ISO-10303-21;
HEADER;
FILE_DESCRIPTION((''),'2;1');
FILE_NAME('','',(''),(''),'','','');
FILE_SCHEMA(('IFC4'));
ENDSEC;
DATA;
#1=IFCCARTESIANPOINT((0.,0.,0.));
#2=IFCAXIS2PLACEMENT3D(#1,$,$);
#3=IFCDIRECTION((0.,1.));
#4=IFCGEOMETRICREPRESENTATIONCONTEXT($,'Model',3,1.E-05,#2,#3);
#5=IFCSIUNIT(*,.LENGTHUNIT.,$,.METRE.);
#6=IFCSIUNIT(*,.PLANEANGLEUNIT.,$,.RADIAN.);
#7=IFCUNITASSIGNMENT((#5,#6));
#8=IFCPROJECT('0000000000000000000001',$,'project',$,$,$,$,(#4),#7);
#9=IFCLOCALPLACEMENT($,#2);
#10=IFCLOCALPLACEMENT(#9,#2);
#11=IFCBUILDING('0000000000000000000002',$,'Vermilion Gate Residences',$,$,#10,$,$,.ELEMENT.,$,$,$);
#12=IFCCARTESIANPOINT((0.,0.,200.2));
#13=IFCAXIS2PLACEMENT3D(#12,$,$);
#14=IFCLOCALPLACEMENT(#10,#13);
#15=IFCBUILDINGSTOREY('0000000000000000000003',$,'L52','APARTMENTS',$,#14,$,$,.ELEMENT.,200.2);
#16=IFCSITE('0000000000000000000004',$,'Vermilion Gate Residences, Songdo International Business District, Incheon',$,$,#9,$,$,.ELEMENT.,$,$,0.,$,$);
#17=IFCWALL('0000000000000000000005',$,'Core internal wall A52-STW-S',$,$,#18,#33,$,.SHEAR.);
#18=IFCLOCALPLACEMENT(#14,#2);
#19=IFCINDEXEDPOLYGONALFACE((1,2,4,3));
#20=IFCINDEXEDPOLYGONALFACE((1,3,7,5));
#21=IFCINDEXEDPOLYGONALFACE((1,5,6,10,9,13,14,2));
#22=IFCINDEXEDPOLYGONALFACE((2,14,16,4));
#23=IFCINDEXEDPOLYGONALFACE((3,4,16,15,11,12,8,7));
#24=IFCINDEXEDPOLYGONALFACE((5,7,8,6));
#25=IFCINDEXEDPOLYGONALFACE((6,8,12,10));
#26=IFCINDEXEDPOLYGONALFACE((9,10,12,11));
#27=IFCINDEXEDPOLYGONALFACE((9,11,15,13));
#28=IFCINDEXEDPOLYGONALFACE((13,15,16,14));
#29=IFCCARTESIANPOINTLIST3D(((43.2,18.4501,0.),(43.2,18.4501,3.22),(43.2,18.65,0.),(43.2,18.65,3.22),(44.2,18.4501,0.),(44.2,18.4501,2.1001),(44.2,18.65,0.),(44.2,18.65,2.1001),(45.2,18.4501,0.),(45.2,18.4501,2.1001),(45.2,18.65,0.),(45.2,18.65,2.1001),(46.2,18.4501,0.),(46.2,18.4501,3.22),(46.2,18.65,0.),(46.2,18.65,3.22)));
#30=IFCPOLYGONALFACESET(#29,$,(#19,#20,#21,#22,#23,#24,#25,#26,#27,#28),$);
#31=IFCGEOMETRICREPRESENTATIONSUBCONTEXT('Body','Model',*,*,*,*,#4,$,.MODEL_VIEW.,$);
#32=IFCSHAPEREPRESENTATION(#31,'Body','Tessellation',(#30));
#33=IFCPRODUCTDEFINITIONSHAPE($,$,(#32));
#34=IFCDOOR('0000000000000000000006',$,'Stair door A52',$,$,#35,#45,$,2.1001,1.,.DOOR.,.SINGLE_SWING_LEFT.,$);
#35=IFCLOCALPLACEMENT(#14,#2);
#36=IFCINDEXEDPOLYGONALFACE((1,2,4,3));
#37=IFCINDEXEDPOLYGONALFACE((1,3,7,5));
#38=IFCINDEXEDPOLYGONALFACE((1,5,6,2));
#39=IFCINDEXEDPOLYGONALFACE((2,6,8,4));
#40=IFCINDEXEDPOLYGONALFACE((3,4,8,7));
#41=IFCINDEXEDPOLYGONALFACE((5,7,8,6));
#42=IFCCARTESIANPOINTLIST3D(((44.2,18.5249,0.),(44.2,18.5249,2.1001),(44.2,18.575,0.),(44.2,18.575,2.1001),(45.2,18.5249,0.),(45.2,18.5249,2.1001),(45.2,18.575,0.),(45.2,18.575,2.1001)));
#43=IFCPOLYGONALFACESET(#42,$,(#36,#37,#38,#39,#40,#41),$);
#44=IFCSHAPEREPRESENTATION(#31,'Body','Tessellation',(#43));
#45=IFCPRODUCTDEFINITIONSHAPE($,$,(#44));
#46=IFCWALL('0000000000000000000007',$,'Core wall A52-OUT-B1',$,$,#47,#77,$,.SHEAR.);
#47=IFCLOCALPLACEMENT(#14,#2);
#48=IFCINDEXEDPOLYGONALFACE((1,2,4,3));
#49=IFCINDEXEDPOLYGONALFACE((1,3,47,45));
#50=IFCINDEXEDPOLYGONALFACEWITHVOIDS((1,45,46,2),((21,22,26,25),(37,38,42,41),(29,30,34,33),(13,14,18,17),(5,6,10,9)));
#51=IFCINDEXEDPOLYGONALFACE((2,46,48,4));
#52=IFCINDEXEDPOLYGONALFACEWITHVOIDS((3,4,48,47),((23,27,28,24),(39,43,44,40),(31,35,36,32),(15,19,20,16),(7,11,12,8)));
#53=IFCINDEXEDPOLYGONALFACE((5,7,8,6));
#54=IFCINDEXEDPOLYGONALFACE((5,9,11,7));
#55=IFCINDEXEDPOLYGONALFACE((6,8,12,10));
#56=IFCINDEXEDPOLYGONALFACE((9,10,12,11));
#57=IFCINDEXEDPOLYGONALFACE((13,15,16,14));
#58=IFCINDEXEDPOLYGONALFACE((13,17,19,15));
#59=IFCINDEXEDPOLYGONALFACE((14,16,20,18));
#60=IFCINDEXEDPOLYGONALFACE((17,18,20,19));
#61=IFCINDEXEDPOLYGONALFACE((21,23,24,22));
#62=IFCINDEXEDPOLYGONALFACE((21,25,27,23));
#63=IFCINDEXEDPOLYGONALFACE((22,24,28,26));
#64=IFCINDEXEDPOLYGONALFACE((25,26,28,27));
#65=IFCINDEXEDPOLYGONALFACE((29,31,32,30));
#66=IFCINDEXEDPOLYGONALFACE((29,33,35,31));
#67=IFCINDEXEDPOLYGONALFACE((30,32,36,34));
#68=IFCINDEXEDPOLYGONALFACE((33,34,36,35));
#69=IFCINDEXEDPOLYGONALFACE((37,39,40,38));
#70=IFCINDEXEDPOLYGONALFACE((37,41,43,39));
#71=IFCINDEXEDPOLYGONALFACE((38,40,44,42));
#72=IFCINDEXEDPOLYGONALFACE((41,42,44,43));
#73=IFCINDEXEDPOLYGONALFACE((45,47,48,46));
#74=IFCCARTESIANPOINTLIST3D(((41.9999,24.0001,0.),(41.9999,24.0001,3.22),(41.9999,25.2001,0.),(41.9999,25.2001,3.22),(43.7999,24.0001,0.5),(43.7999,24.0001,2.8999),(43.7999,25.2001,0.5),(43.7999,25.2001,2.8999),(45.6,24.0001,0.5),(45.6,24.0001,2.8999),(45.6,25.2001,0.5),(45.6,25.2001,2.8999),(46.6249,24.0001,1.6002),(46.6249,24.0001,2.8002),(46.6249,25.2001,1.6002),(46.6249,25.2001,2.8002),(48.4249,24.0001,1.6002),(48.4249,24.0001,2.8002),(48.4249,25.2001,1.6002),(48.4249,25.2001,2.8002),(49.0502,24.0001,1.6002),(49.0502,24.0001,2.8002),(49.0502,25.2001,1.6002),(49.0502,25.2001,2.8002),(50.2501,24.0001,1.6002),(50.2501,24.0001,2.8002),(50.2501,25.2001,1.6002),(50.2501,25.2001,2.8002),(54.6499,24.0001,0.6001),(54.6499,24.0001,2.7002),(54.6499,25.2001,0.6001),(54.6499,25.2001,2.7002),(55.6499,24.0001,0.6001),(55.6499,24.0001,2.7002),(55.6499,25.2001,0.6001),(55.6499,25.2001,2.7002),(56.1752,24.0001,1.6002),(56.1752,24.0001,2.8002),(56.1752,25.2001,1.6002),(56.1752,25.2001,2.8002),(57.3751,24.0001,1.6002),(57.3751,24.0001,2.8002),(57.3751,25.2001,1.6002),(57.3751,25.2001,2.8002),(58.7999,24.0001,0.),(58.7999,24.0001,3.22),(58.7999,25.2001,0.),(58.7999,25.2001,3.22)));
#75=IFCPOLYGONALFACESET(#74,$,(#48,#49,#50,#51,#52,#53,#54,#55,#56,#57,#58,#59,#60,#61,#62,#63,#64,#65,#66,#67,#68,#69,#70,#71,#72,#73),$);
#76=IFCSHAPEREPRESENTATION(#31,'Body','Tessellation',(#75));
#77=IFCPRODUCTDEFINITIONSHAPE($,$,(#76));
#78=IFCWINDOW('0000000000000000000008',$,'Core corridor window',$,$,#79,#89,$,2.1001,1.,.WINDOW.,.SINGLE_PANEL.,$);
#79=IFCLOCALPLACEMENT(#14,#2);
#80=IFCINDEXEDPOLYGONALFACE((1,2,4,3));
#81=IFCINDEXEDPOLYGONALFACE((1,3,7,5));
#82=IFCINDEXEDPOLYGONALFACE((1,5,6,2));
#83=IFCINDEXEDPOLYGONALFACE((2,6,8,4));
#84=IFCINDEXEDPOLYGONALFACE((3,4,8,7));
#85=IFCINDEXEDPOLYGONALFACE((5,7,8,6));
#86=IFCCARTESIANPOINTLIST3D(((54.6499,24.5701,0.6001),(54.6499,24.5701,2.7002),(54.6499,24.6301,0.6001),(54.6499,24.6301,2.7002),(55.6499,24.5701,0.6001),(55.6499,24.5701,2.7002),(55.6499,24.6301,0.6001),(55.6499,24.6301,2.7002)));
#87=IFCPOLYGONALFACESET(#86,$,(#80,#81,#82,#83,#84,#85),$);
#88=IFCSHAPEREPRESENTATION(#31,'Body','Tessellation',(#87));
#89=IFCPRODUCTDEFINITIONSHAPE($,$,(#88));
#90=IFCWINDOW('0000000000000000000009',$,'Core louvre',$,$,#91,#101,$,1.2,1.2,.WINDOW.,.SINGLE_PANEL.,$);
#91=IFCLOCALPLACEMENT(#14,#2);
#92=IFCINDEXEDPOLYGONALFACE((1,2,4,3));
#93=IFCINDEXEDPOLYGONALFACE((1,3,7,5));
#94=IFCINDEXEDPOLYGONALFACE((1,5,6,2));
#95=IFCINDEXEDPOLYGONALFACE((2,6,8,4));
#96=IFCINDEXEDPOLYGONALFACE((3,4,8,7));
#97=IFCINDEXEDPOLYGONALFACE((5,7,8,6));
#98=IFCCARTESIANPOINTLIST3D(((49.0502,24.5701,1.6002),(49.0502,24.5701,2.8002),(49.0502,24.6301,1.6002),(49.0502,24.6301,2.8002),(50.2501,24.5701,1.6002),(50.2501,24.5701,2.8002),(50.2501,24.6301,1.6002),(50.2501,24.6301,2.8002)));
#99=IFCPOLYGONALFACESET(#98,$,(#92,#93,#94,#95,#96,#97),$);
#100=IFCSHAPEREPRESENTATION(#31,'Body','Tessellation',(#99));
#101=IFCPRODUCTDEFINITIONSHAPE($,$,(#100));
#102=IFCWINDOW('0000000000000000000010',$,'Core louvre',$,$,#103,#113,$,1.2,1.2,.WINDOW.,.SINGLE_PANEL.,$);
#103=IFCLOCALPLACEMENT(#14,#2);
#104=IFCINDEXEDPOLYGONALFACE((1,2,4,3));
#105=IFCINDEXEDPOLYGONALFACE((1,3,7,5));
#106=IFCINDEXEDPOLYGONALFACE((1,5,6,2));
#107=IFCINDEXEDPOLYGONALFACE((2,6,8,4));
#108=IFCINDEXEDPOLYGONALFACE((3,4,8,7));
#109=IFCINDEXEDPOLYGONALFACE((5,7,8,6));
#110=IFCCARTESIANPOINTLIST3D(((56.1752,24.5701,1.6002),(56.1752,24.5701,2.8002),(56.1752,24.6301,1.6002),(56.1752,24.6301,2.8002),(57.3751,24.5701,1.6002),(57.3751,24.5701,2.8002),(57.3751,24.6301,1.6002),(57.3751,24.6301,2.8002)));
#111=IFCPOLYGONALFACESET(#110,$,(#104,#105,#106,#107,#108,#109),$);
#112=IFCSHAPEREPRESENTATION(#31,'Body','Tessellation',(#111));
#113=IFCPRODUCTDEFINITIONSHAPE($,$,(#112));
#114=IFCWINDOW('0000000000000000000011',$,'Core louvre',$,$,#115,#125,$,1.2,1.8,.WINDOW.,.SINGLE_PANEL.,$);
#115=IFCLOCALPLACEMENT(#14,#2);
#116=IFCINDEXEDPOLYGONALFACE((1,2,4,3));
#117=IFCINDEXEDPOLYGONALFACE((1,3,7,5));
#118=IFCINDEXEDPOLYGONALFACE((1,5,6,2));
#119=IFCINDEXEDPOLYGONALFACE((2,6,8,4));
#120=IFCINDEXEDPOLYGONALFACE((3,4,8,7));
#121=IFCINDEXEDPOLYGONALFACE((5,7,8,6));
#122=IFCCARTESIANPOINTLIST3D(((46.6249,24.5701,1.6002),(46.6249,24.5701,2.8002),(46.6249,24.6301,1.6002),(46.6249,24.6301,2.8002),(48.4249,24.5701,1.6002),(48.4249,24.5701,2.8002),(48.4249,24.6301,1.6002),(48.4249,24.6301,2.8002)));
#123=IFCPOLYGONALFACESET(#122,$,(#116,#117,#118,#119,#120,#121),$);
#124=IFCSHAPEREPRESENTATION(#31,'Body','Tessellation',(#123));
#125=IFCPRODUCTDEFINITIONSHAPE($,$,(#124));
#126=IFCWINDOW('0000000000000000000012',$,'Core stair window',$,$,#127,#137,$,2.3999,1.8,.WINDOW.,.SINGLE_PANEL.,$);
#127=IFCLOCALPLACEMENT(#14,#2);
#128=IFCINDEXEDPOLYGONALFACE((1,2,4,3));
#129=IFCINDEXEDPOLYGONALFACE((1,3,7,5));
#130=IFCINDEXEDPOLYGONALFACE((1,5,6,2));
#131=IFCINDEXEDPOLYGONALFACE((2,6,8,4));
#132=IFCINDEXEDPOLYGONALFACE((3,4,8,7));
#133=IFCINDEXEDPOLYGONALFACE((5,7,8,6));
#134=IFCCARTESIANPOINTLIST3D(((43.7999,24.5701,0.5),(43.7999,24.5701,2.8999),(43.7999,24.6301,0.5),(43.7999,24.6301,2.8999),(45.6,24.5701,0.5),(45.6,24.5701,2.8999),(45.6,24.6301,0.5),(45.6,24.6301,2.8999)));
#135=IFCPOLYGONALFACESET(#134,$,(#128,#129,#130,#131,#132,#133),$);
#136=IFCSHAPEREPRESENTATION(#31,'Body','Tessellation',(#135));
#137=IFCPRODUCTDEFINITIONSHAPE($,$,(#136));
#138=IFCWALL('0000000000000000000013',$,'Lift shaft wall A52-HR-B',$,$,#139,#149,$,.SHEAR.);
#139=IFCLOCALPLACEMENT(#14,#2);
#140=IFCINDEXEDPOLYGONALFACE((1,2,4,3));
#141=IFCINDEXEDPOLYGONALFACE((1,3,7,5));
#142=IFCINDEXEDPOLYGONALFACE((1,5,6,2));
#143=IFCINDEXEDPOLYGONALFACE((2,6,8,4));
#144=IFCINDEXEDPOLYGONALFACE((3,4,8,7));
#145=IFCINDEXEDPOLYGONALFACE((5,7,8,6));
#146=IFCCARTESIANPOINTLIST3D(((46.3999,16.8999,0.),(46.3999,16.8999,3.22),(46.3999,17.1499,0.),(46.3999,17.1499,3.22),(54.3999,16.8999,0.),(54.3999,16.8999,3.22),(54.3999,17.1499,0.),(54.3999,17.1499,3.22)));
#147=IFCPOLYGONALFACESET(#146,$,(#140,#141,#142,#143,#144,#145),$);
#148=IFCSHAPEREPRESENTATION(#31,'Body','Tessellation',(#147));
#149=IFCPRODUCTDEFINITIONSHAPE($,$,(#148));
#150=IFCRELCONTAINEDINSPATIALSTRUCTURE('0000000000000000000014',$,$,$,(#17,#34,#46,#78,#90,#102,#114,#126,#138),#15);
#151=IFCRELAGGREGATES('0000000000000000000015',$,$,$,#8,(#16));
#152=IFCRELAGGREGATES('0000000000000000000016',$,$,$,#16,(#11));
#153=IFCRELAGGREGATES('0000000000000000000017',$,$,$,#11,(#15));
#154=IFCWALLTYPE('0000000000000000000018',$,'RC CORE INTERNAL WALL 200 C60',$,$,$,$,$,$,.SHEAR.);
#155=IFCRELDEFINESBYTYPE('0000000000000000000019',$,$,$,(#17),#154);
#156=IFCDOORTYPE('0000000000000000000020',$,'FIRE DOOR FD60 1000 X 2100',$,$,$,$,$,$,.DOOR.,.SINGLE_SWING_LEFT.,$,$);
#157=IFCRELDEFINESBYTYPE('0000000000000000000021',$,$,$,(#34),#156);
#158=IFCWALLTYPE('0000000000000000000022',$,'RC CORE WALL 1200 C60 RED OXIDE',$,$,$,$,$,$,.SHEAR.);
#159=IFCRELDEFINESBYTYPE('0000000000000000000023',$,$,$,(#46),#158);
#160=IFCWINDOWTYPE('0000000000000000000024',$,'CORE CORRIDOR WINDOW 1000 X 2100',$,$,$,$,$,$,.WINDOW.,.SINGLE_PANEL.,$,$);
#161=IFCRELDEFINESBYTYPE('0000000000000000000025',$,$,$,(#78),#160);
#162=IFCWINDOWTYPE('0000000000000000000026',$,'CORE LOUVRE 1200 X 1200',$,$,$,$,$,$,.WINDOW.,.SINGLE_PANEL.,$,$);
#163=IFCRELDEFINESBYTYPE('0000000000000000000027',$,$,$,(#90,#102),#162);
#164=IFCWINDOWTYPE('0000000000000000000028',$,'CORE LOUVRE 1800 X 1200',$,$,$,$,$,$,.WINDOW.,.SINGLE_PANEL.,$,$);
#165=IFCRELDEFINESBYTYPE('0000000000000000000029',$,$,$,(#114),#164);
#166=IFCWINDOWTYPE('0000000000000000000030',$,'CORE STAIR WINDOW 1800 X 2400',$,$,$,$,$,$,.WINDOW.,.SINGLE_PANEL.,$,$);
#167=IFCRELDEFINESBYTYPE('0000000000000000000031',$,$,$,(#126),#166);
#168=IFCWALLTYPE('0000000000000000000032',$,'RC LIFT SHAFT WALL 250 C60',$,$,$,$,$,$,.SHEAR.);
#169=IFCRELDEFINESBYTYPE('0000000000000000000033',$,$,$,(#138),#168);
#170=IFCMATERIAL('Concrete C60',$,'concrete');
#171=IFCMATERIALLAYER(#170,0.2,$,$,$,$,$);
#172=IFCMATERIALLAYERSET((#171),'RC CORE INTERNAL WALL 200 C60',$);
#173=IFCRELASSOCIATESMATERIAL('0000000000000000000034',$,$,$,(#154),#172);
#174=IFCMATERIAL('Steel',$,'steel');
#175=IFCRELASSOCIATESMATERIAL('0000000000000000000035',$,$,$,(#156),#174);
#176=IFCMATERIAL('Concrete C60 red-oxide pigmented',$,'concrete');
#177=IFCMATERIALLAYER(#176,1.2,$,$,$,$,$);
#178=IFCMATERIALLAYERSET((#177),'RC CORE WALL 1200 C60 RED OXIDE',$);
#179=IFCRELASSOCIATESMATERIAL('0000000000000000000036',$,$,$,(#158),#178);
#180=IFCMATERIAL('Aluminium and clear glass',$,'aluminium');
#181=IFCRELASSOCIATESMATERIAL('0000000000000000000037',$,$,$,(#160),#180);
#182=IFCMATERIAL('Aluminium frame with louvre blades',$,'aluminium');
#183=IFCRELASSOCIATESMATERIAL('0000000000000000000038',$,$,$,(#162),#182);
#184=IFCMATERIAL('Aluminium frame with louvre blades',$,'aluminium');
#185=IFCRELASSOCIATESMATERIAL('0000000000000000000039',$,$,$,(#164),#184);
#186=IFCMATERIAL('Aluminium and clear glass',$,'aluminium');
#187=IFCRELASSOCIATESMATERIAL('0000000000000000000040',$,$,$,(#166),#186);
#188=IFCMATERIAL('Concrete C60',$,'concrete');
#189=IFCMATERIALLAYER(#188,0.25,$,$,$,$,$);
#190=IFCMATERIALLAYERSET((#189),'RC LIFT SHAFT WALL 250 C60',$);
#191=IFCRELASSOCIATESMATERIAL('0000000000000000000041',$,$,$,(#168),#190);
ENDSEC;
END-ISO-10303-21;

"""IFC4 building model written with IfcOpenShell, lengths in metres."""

from ifc_helpers import new_model, si_unit, direction, frame, frame_2d, origin, place, context, subcontext, project, spatial, rectangle, extrude, material, layer, layer_set, type_object, element, fill, save


model = new_model("IFC4")

# Units and contexts
model_context = context("Model", 3, precision=1e-05, world=origin(), true_north=direction((0.0, 1.0)))
body_context = subcontext(model_context, "Body", "Model", "MODEL_VIEW")
ifc_project = project(units=[si_unit("LENGTHUNIT", "METRE"), si_unit("PLANEANGLEUNIT", "RADIAN")], contexts=[model_context])

# Site, building, storey
site_placement = place(None, origin())
site = spatial("IfcSite", under=ifc_project, at=site_placement, Name="Vermilion Gate Residences, Songdo International Business District, Incheon", CompositionType="ELEMENT", RefElevation=0.0)
building_placement = place(site_placement, origin())
building = spatial("IfcBuilding", under=site, at=building_placement, Name="Vermilion Gate Residences", CompositionType="ELEMENT")
storey_placement = place(building_placement, frame((0.0, 0.0, 200.2)))
storey = spatial("IfcBuildingStorey", under=building, at=storey_placement, Name="L52", Description="APARTMENTS", CompositionType="ELEMENT", Elevation=200.2)

# Shared definitions
ifc_material_1 = material(Name="Concrete C60", Category="concrete")
ifc_layer_1 = layer(ifc_material_1, 0.2)
ifc_layer_set_1 = layer_set([ifc_layer_1], Name="RC CORE INTERNAL WALL 200 C60")
wall_type_1 = type_object("IfcWallType", Name="RC CORE INTERNAL WALL 200 C60", PredefinedType="SHEAR", material=ifc_layer_set_1)

# Wall, opening, door
wall_1_placement = place(storey_placement, frame((43.2, 18.55, 0.0), z_axis=(0.0, 0.0, 1.0), x_axis=(1.0, 0.0, 0.0)))
wall_1 = element("IfcWall", 1, at=wall_1_placement, inside=storey, type_object=wall_type_1, Name="Core internal wall A52-STW-S", PredefinedType="SHEAR", context=body_context, shape_type="SweptSolid", body=[
    extrude(rectangle(XDim=3.0, YDim=0.2, at=frame_2d((1.5, 0.0))), origin(), (0.0, 0.0, 1.0), 3.22),
])
opening_1_placement = place(wall_1_placement, frame((1.0, 0.0, 0.0)))
opening_1 = element("IfcOpeningElement", 2, at=opening_1_placement, cuts=wall_1, PredefinedType="OPENING", context=body_context, shape_type="SweptSolid", body=[
    extrude(rectangle(XDim=1.0, YDim=2.1001, at=frame_2d((0.5, 1.05))), frame((0.0, 0.1099, 0.0), z_axis=(0.0, -1.0, 0.0), x_axis=(1.0, 0.0, 0.0)), (0.0, 0.0, 1.0), 0.22),
])
ifc_material_2 = material(Name="Steel", Category="steel")
door_type_1 = type_object("IfcDoorType", Name="FIRE DOOR FD60 1000 X 2100", OperationType="SINGLE_SWING_LEFT", PredefinedType="DOOR", material=ifc_material_2)
door_1_placement = place(opening_1_placement, origin())
door_1 = element("IfcDoor", 3, at=door_1_placement, inside=storey, type_object=door_type_1, Name="Stair door A52", OperationType="SINGLE_SWING_LEFT", OverallHeight=2.1001, OverallWidth=1.0, PredefinedType="DOOR", context=body_context, shape_type="SweptSolid", body=[
    extrude(rectangle(XDim=1.0, YDim=2.1001, at=frame_2d((0.5, 1.05))), frame((0.0, 0.0249, 0.0), z_axis=(0.0, -1.0, 0.0), x_axis=(1.0, 0.0, 0.0)), (0.0, 0.0, 1.0), 0.05),
])
fill(opening_1, door_1)

# Wall, openings, windows
ifc_material_3 = material(Name="Concrete C60 red-oxide pigmented", Category="concrete")
ifc_layer_2 = layer(ifc_material_3, 1.2)
ifc_layer_set_2 = layer_set([ifc_layer_2], Name="RC CORE WALL 1200 C60 RED OXIDE")
wall_type_2 = type_object("IfcWallType", Name="RC CORE WALL 1200 C60 RED OXIDE", PredefinedType="SHEAR", material=ifc_layer_set_2)
wall_2_placement = place(storey_placement, frame((42.0, 24.6001, 0.0), z_axis=(0.0, 0.0, 1.0), x_axis=(1.0, 0.0, 0.0)))
wall_2 = element("IfcWall", 4, at=wall_2_placement, inside=storey, type_object=wall_type_2, Name="Core wall A52-OUT-B1", PredefinedType="SHEAR", context=body_context, shape_type="SweptSolid", body=[
    extrude(rectangle(XDim=16.8, YDim=1.2, at=frame_2d((8.3999, 0.0))), origin(), (0.0, 0.0, 1.0), 3.22),
])
opening_2_placement = place(wall_2_placement, frame((1.8, 0.0, 0.5)))
opening_2 = element("IfcOpeningElement", 5, at=opening_2_placement, cuts=wall_2, PredefinedType="OPENING", context=body_context, shape_type="SweptSolid", body=[
    extrude(rectangle(XDim=1.8, YDim=2.3999, at=frame_2d((0.8999, 1.2))), frame((0.0, 0.6099, 0.0), z_axis=(0.0, -1.0, 0.0), x_axis=(1.0, 0.0, 0.0)), (0.0, 0.0, 1.0), 1.22),
])
opening_3_placement = place(wall_2_placement, frame((4.625, 0.0, 1.6001)))
opening_3 = element("IfcOpeningElement", 6, at=opening_3_placement, cuts=wall_2, PredefinedType="OPENING", context=body_context, shape_type="SweptSolid", body=[
    extrude(rectangle(XDim=1.8, YDim=1.2, at=frame_2d((0.8999, 0.6001))), frame((0.0, 0.6099, 0.0), z_axis=(0.0, -1.0, 0.0), x_axis=(1.0, 0.0, 0.0)), (0.0, 0.0, 1.0), 1.22),
])
opening_4_placement = place(wall_2_placement, frame((7.05, 0.0, 1.6001)))
opening_4 = element("IfcOpeningElement", 7, at=opening_4_placement, cuts=wall_2, PredefinedType="OPENING", context=body_context, shape_type="SweptSolid", body=[
    extrude(rectangle(XDim=1.2, YDim=1.2, at=frame_2d((0.6001, 0.6001))), frame((0.0, 0.6099, 0.0), z_axis=(0.0, -1.0, 0.0), x_axis=(1.0, 0.0, 0.0)), (0.0, 0.0, 1.0), 1.22),
])
opening_5_placement = place(wall_2_placement, frame((12.6499, 0.0, 0.6001)))
opening_5 = element("IfcOpeningElement", 8, at=opening_5_placement, cuts=wall_2, PredefinedType="OPENING", context=body_context, shape_type="SweptSolid", body=[
    extrude(rectangle(XDim=1.0, YDim=2.1001, at=frame_2d((0.5, 1.05))), frame((0.0, 0.6099, 0.0), z_axis=(0.0, -1.0, 0.0), x_axis=(1.0, 0.0, 0.0)), (0.0, 0.0, 1.0), 1.22),
])
opening_6_placement = place(wall_2_placement, frame((14.175, 0.0, 1.6001)))
opening_6 = element("IfcOpeningElement", 9, at=opening_6_placement, cuts=wall_2, PredefinedType="OPENING", context=body_context, shape_type="SweptSolid", body=[
    extrude(rectangle(XDim=1.2, YDim=1.2, at=frame_2d((0.6001, 0.6001))), frame((0.0, 0.6099, 0.0), z_axis=(0.0, -1.0, 0.0), x_axis=(1.0, 0.0, 0.0)), (0.0, 0.0, 1.0), 1.22),
])
ifc_material_4 = material(Name="Aluminium and clear glass", Category="aluminium")
window_type_1 = type_object("IfcWindowType", Name="CORE CORRIDOR WINDOW 1000 X 2100", PartitioningType="SINGLE_PANEL", PredefinedType="WINDOW", material=ifc_material_4)
window_1_placement = place(opening_5_placement, origin())
window_1 = element("IfcWindow", 10, at=window_1_placement, inside=storey, type_object=window_type_1, Name="Core corridor window", OverallHeight=2.1001, OverallWidth=1.0, PartitioningType="SINGLE_PANEL", PredefinedType="WINDOW", context=body_context, shape_type="SweptSolid", body=[
    extrude(rectangle(XDim=1.0, YDim=2.1001, at=frame_2d((0.5, 1.05))), frame((0.0, 0.03, 0.0), z_axis=(0.0, -1.0, 0.0), x_axis=(1.0, 0.0, 0.0)), (0.0, 0.0, 1.0), 0.0601),
])
fill(opening_5, window_1)
ifc_material_5 = material(Name="Aluminium frame with louvre blades", Category="aluminium")
window_type_2 = type_object("IfcWindowType", Name="CORE LOUVRE 1200 X 1200", PartitioningType="SINGLE_PANEL", PredefinedType="WINDOW", material=ifc_material_5)
window_2_placement = place(opening_4_placement, origin())
window_2 = element("IfcWindow", 11, at=window_2_placement, inside=storey, type_object=window_type_2, Name="Core louvre", OverallHeight=1.2, OverallWidth=1.2, PartitioningType="SINGLE_PANEL", PredefinedType="WINDOW", context=body_context, shape_type="SweptSolid", body=[
    extrude(rectangle(XDim=1.2, YDim=1.2, at=frame_2d((0.6001, 0.6001))), frame((0.0, 0.03, 0.0), z_axis=(0.0, -1.0, 0.0), x_axis=(1.0, 0.0, 0.0)), (0.0, 0.0, 1.0), 0.0601),
])
fill(opening_4, window_2)
window_3_placement = place(opening_6_placement, origin())
window_3 = element("IfcWindow", 12, at=window_3_placement, inside=storey, type_object=window_type_2, Name="Core louvre", OverallHeight=1.2, OverallWidth=1.2, PartitioningType="SINGLE_PANEL", PredefinedType="WINDOW", context=body_context, shape_type="SweptSolid", body=[
    extrude(rectangle(XDim=1.2, YDim=1.2, at=frame_2d((0.6001, 0.6001))), frame((0.0, 0.03, 0.0), z_axis=(0.0, -1.0, 0.0), x_axis=(1.0, 0.0, 0.0)), (0.0, 0.0, 1.0), 0.0601),
])
fill(opening_6, window_3)
ifc_material_6 = material(Name="Aluminium frame with louvre blades", Category="aluminium")
window_type_3 = type_object("IfcWindowType", Name="CORE LOUVRE 1800 X 1200", PartitioningType="SINGLE_PANEL", PredefinedType="WINDOW", material=ifc_material_6)
window_4_placement = place(opening_3_placement, origin())
window_4 = element("IfcWindow", 13, at=window_4_placement, inside=storey, type_object=window_type_3, Name="Core louvre", OverallHeight=1.2, OverallWidth=1.8, PartitioningType="SINGLE_PANEL", PredefinedType="WINDOW", context=body_context, shape_type="SweptSolid", body=[
    extrude(rectangle(XDim=1.8, YDim=1.2, at=frame_2d((0.8999, 0.6001))), frame((0.0, 0.03, 0.0), z_axis=(0.0, -1.0, 0.0), x_axis=(1.0, 0.0, 0.0)), (0.0, 0.0, 1.0), 0.0601),
])
fill(opening_3, window_4)
ifc_material_7 = material(Name="Aluminium and clear glass", Category="aluminium")
window_type_4 = type_object("IfcWindowType", Name="CORE STAIR WINDOW 1800 X 2400", PartitioningType="SINGLE_PANEL", PredefinedType="WINDOW", material=ifc_material_7)
window_5_placement = place(opening_2_placement, origin())
window_5 = element("IfcWindow", 14, at=window_5_placement, inside=storey, type_object=window_type_4, Name="Core stair window", OverallHeight=2.3999, OverallWidth=1.8, PartitioningType="SINGLE_PANEL", PredefinedType="WINDOW", context=body_context, shape_type="SweptSolid", body=[
    extrude(rectangle(XDim=1.8, YDim=2.3999, at=frame_2d((0.8999, 1.2))), frame((0.0, 0.03, 0.0), z_axis=(0.0, -1.0, 0.0), x_axis=(1.0, 0.0, 0.0)), (0.0, 0.0, 1.0), 0.0601),
])
fill(opening_2, window_5)

# Wall
ifc_material_8 = material(Name="Concrete C60", Category="concrete")
ifc_layer_3 = layer(ifc_material_8, 0.25)
ifc_layer_set_3 = layer_set([ifc_layer_3], Name="RC LIFT SHAFT WALL 250 C60")
wall_type_3 = type_object("IfcWallType", Name="RC LIFT SHAFT WALL 250 C60", PredefinedType="SHEAR", material=ifc_layer_set_3)
wall_3_placement = place(storey_placement, frame((46.3999, 17.0249, 0.0), z_axis=(0.0, 0.0, 1.0), x_axis=(1.0, 0.0, 0.0)))
element("IfcWall", 15, at=wall_3_placement, inside=storey, type_object=wall_type_3, Name="Lift shaft wall A52-HR-B", PredefinedType="SHEAR", context=body_context, shape_type="SweptSolid", body=[
    extrude(rectangle(XDim=8.0, YDim=0.25, at=frame_2d((4.0, 0.0))), origin(), (0.0, 0.0, 1.0), 3.22),
])

save(model, "model.ifc")
